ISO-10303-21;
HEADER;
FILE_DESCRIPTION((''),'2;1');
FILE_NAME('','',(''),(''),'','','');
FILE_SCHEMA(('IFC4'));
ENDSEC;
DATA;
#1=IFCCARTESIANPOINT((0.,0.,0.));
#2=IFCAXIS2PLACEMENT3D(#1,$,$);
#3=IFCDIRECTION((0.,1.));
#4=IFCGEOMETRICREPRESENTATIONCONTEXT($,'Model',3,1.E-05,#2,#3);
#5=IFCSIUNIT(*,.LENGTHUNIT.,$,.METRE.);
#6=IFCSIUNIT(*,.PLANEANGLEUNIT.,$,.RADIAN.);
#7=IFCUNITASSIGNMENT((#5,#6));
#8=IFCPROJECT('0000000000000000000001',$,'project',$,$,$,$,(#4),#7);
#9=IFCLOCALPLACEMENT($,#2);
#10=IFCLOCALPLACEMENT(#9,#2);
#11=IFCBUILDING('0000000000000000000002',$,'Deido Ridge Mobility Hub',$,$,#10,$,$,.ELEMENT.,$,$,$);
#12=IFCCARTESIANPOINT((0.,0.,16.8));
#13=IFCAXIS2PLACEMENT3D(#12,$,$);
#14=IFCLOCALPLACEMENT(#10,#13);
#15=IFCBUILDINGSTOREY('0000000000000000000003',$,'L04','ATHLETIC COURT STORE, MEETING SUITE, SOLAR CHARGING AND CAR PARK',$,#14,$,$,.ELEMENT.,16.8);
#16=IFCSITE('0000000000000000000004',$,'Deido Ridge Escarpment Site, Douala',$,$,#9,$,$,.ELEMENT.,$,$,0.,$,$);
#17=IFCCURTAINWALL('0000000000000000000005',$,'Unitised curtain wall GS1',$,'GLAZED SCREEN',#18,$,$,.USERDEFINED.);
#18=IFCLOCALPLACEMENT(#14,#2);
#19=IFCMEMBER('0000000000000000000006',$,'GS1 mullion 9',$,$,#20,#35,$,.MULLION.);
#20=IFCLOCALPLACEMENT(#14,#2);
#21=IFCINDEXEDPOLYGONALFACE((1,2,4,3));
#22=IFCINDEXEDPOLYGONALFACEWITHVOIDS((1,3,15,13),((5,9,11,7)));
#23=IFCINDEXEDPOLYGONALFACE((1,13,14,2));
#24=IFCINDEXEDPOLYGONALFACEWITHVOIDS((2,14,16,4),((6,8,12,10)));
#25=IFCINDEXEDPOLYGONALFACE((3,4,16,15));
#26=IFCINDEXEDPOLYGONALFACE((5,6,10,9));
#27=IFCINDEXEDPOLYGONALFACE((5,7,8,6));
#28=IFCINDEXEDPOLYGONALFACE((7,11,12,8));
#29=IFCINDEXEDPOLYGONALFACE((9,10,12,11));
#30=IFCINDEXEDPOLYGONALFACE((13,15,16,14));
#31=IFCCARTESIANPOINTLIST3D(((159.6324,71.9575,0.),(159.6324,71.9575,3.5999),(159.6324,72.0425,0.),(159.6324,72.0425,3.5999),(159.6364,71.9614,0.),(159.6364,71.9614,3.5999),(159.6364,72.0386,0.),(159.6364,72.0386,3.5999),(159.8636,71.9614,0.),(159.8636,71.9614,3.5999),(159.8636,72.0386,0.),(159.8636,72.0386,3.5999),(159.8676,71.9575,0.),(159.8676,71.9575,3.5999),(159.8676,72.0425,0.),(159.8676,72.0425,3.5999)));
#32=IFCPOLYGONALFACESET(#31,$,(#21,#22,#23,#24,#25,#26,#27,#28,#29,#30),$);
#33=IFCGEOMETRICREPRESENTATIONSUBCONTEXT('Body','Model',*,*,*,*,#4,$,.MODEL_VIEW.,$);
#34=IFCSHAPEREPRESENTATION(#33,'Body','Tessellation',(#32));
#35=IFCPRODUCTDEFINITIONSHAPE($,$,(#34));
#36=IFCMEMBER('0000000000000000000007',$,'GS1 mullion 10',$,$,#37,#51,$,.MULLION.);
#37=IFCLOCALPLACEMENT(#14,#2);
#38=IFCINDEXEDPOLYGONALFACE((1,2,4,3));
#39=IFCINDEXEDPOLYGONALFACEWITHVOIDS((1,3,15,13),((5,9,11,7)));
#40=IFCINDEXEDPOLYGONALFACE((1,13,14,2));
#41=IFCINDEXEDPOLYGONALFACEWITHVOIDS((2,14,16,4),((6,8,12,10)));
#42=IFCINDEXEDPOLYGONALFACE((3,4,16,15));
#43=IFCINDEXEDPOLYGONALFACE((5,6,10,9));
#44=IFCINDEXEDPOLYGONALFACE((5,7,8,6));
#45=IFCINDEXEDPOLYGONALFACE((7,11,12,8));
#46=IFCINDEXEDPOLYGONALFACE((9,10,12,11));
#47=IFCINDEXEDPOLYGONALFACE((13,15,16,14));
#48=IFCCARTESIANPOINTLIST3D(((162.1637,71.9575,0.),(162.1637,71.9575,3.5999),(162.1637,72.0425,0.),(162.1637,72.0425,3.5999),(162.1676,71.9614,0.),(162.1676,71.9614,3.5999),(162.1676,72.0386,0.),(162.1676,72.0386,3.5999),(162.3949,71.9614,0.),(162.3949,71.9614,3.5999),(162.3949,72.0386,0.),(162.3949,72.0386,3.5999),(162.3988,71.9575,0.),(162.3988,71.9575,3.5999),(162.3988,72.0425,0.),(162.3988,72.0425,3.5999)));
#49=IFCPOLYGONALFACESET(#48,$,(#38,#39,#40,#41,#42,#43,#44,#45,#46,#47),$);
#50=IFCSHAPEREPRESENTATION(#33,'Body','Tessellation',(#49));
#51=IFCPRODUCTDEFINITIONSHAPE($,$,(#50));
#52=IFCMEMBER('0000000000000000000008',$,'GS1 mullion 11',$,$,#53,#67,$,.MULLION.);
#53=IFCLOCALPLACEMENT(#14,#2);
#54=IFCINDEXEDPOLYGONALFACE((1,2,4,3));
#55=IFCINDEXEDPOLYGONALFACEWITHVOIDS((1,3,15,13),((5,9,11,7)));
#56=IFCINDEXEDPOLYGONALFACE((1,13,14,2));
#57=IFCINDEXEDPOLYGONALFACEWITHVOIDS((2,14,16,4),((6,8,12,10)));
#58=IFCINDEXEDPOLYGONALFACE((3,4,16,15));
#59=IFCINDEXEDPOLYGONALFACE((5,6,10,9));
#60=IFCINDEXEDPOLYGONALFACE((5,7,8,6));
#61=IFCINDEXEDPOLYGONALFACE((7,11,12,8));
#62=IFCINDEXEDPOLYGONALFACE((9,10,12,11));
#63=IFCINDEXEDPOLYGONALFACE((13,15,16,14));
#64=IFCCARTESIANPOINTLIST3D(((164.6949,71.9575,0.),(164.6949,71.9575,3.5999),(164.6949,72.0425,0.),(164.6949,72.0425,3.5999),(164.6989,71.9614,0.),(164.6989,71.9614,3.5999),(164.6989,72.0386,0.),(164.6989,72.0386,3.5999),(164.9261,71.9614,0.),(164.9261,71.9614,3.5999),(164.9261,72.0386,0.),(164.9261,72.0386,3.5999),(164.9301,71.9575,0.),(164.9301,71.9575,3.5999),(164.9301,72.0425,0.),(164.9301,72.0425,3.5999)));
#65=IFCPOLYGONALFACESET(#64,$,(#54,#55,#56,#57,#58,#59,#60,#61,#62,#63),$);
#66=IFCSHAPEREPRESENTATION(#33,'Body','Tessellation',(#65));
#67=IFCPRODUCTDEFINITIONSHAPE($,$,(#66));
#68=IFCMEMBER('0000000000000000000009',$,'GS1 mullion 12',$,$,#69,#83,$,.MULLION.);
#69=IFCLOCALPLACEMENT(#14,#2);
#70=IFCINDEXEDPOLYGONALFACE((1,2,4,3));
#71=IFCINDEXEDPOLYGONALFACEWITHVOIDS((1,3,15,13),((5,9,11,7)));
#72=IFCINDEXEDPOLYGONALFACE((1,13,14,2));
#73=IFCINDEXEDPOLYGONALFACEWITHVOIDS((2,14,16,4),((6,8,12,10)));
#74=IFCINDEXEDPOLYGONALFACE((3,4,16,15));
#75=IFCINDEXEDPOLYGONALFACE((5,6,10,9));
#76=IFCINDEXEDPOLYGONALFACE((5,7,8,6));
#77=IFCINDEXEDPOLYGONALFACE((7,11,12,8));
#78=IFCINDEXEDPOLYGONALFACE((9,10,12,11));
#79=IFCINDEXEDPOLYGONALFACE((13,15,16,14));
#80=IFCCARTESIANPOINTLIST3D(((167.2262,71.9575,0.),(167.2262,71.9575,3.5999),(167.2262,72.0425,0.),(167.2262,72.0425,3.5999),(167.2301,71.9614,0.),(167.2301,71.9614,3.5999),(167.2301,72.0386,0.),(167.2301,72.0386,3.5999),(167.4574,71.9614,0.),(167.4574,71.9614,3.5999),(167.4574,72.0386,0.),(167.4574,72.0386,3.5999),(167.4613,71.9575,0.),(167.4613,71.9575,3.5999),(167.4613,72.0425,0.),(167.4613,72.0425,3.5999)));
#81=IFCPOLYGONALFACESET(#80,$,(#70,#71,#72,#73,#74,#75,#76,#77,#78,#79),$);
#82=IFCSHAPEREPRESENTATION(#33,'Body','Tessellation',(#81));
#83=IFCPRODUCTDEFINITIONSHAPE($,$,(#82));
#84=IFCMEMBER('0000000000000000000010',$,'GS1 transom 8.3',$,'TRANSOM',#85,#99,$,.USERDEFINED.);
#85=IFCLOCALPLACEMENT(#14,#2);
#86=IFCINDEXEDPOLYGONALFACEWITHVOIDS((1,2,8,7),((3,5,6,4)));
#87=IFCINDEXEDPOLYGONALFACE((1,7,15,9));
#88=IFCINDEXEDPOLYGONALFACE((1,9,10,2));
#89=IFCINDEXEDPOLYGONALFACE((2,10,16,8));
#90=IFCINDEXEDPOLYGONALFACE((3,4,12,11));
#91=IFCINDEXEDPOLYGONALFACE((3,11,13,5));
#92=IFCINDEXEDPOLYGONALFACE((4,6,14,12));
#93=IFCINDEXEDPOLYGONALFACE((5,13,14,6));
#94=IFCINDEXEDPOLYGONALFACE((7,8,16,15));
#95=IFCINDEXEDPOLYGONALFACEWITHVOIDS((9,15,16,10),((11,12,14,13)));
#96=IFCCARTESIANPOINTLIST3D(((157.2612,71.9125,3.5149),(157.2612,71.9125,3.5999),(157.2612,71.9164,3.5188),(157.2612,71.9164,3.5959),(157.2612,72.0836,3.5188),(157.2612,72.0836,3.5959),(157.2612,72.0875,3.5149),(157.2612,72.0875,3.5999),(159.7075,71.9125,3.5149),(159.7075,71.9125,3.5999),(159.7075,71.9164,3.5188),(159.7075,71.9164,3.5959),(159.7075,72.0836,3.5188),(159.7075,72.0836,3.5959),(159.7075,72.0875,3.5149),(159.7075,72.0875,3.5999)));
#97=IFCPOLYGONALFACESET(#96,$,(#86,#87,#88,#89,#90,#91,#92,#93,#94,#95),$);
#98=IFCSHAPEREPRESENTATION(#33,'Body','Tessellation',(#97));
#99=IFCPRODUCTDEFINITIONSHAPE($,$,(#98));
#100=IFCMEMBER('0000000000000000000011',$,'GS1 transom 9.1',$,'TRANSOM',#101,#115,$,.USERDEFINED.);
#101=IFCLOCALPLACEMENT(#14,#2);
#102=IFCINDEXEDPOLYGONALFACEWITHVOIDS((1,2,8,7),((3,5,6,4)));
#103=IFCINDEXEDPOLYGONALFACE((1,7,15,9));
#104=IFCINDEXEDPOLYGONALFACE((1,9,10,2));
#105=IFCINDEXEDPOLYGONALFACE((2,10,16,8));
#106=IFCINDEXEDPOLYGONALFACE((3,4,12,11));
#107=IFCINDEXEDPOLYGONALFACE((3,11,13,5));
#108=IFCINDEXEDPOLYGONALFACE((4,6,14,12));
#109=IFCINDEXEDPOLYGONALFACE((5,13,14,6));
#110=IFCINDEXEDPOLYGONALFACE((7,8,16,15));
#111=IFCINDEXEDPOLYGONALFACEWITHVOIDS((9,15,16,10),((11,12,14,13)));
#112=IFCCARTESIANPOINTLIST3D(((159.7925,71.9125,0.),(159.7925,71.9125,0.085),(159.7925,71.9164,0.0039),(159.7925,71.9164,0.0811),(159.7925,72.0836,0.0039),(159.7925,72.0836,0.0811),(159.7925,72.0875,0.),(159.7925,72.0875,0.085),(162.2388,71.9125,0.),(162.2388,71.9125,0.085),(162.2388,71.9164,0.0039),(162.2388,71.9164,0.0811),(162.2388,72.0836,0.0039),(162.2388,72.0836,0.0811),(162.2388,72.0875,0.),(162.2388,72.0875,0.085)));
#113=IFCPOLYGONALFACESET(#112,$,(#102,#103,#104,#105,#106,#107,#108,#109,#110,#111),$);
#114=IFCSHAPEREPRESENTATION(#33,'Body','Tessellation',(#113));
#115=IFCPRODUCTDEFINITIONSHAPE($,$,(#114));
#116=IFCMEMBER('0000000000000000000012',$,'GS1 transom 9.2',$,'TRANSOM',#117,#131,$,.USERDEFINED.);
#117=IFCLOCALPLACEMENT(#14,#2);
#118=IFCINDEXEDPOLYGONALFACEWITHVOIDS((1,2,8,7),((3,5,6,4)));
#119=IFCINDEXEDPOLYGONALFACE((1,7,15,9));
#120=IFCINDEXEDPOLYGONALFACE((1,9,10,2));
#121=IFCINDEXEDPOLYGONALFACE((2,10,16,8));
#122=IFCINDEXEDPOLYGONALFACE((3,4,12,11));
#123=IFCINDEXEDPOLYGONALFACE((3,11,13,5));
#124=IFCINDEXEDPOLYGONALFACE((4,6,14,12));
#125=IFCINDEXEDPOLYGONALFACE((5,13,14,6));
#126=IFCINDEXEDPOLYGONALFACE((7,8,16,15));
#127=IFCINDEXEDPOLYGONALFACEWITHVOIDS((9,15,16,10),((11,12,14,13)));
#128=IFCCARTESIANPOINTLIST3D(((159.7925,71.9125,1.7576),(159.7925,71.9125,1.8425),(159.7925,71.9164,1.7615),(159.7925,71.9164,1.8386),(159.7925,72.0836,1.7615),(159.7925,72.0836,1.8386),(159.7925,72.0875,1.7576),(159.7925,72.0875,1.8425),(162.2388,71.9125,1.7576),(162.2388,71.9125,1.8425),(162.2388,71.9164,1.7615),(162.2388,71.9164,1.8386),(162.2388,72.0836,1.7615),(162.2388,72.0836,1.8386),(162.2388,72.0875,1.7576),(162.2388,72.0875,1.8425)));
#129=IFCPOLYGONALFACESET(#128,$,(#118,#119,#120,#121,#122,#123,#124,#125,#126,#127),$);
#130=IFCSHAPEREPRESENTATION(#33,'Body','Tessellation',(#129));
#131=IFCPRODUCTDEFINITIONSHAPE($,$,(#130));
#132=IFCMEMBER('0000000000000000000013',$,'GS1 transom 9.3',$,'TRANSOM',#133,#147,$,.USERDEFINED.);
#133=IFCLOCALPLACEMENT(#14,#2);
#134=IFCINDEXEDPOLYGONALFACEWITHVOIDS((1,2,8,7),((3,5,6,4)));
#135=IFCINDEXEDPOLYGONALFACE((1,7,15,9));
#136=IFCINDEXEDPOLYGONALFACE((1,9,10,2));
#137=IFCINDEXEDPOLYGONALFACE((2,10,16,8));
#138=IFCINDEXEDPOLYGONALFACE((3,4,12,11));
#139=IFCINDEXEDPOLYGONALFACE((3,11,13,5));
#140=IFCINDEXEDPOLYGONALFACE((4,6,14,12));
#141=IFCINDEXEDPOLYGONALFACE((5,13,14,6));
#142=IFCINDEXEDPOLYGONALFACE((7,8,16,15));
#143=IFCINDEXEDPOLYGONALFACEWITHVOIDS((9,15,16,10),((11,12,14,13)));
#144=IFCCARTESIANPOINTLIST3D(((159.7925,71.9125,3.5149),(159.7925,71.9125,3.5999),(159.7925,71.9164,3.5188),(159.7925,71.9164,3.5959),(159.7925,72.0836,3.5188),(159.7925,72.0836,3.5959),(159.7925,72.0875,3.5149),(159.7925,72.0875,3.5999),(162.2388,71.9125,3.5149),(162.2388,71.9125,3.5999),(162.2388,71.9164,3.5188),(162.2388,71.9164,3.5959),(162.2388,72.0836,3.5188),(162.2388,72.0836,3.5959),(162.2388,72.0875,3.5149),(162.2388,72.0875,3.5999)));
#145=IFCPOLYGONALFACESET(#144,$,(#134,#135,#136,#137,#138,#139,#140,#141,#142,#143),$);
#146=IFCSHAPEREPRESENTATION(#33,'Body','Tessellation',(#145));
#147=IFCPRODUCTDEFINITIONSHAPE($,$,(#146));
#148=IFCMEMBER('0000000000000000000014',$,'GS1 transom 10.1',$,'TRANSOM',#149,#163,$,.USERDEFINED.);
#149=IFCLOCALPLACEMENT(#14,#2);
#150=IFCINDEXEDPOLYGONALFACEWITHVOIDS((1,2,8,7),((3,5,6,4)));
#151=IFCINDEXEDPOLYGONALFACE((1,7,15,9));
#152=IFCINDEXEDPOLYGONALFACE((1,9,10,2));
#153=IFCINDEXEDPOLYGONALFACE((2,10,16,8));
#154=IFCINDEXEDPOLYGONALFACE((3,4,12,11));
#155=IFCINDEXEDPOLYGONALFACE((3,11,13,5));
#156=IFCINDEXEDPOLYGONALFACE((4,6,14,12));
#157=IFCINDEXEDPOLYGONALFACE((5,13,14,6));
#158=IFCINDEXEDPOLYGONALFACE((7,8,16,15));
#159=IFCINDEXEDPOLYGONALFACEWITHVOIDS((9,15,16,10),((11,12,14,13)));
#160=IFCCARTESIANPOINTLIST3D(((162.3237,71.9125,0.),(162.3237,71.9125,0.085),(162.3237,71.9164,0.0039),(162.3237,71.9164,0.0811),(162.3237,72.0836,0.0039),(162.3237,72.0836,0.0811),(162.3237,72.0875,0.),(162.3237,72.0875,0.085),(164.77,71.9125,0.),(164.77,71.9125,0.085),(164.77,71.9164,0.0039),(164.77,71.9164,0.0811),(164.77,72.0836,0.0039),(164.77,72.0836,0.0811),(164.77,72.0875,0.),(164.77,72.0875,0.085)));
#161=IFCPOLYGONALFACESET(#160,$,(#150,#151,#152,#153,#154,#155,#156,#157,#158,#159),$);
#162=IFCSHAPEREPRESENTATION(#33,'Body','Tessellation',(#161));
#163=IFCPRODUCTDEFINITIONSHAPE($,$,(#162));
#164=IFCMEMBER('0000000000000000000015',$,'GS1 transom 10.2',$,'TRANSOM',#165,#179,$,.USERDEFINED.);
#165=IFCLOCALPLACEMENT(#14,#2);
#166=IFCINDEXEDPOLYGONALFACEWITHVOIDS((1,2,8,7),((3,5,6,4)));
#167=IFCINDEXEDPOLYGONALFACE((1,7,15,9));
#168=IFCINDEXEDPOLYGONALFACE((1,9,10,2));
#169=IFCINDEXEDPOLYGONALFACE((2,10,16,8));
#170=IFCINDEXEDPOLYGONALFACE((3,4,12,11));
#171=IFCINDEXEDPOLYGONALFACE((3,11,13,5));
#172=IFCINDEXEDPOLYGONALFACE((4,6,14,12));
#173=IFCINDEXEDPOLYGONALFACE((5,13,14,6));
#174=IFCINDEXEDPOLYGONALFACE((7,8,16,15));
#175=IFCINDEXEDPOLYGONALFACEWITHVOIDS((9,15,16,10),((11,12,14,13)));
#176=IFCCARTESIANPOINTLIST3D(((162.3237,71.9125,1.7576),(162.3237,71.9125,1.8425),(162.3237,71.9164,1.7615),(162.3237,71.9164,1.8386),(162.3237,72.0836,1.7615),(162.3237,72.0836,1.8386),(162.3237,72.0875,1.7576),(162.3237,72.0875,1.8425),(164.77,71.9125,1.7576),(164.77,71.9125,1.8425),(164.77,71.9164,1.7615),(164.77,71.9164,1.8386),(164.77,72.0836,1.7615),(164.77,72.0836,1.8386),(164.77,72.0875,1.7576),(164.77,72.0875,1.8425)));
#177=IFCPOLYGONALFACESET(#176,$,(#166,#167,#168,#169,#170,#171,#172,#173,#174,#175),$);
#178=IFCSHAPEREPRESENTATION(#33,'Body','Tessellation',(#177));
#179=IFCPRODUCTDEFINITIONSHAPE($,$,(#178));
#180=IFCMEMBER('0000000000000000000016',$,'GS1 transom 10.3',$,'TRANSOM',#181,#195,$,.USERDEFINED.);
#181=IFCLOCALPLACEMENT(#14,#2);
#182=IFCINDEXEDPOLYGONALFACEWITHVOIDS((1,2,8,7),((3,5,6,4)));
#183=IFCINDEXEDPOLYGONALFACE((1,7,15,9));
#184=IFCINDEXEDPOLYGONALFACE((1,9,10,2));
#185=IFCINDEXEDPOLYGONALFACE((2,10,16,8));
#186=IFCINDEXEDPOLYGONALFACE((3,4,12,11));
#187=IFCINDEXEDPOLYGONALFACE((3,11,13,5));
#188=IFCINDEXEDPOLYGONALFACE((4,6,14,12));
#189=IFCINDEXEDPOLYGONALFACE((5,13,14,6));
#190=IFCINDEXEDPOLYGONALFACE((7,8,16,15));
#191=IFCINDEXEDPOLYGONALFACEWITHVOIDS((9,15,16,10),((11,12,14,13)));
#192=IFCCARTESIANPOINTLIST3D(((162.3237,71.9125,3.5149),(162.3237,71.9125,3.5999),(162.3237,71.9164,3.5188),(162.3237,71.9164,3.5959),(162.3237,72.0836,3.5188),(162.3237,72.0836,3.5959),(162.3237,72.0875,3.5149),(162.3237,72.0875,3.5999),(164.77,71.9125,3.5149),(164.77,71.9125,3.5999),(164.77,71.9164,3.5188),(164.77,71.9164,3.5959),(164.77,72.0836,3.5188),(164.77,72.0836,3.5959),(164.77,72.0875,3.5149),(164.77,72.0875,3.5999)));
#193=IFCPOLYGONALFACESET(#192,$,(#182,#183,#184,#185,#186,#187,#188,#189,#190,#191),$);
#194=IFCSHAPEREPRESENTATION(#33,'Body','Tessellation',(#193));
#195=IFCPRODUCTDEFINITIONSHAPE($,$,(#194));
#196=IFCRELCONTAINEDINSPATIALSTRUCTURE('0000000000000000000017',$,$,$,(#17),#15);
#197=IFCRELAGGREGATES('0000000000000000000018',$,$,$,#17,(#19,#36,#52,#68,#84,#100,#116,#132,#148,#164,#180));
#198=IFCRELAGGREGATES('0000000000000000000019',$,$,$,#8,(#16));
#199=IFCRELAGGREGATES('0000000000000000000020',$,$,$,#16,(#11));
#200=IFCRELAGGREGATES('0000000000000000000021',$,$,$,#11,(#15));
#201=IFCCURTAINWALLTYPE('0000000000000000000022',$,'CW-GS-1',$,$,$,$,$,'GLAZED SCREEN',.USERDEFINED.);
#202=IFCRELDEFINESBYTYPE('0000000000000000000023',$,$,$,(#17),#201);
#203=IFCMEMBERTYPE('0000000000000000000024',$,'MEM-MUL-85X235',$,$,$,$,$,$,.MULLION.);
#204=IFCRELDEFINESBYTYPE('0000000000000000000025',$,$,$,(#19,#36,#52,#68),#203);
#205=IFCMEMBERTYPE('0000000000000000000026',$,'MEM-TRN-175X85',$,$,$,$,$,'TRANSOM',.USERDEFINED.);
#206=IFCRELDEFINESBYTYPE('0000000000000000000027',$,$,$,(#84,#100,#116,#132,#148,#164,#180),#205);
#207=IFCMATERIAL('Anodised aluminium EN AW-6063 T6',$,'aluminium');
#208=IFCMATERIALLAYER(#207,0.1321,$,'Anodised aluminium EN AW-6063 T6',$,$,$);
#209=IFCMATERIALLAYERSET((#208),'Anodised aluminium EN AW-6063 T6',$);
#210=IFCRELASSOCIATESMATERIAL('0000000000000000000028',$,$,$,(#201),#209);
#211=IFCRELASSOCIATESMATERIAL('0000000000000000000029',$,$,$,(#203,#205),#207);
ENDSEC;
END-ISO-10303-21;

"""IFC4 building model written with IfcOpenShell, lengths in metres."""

from ifc_helpers import new_model, si_unit, direction, frame, origin, origin_2d, place, context, subcontext, project, spatial, hollow_rectangle, extrude, material, layer, layer_set, material_profile, profile_set, type_object, element, aggregate, save


model = new_model("IFC4")

# Units and contexts
model_context = context("Model", 3, precision=1e-05, world=origin(), true_north=direction((0.0, 1.0)))
body_context = subcontext(model_context, "Body", "Model", "MODEL_VIEW")
ifc_project = project(units=[si_unit("LENGTHUNIT", "METRE"), si_unit("PLANEANGLEUNIT", "RADIAN")], contexts=[model_context])

# Site, building, storey
site_placement = place(None, origin())
site = spatial("IfcSite", under=ifc_project, at=site_placement, Name="Deido Ridge Escarpment Site, Douala", CompositionType="ELEMENT", RefElevation=0.0)
building_placement = place(site_placement, origin())
building = spatial("IfcBuilding", under=site, at=building_placement, Name="Deido Ridge Mobility Hub", CompositionType="ELEMENT")
storey_placement = place(building_placement, frame((0.0, 0.0, 16.8)))
storey = spatial("IfcBuildingStorey", under=building, at=storey_placement, Name="L04", Description="ATHLETIC COURT STORE, MEETING SUITE, SOLAR CHARGING AND CAR PARK", CompositionType="ELEMENT", Elevation=16.8)

# Curtain wall, members
ifc_material_1 = material(Name="Anodised aluminium EN AW-6063 T6", Category="aluminium")
ifc_layer_1 = layer(ifc_material_1, 0.1321, Name="Anodised aluminium EN AW-6063 T6")
ifc_layer_set_1 = layer_set([ifc_layer_1], Name="Anodised aluminium EN AW-6063 T6")
curtain_wall_type = type_object("IfcCurtainWallType", Name="CW-GS-1", ElementType="GLAZED SCREEN", PredefinedType="USERDEFINED", material=ifc_layer_set_1)
curtain_wall_placement = place(storey_placement, origin())
curtain_wall = element("IfcCurtainWall", 1, at=curtain_wall_placement, inside=storey, type_object=curtain_wall_type, Name="Unitised curtain wall GS1", ObjectType="GLAZED SCREEN", PredefinedType="USERDEFINED")
ifc_material_profile_1 = material_profile(ifc_material_1, hollow_rectangle(XDim=0.085, YDim=0.2351, WallThickness=0.0039, at=origin_2d()), Name="RHS 85x235x4")
ifc_profile_set_1 = profile_set([ifc_material_profile_1], Name="Anodised aluminium EN AW-6063 T6")
member_type_1 = type_object("IfcMemberType", Name="MEM-MUL-85X235", PredefinedType="MULLION", material=ifc_profile_set_1)
member_1_placement = place(storey_placement, frame((159.75, 72.0, 0.0), z_axis=(0.0, 0.0, 1.0), x_axis=(0.0, 1.0, 0.0)))
member_1 = element("IfcMember", 2, at=member_1_placement, type_object=member_type_1, Name="GS1 mullion 9", PredefinedType="MULLION", context=body_context, shape_type="SweptSolid", body=[
    extrude(hollow_rectangle(XDim=0.085, YDim=0.2351, WallThickness=0.0039, at=origin_2d()), origin(), (0.0, 0.0, 1.0), 3.5999),
])
member_2_placement = place(storey_placement, frame((162.2812, 72.0, 0.0), z_axis=(0.0, 0.0, 1.0), x_axis=(0.0, 1.0, 0.0)))
member_2 = element("IfcMember", 3, at=member_2_placement, type_object=member_type_1, Name="GS1 mullion 10", PredefinedType="MULLION", context=body_context, shape_type="SweptSolid", body=[
    extrude(hollow_rectangle(XDim=0.085, YDim=0.2351, WallThickness=0.0039, at=origin_2d()), origin(), (0.0, 0.0, 1.0), 3.5999),
])
member_3_placement = place(storey_placement, frame((164.8125, 72.0, 0.0), z_axis=(0.0, 0.0, 1.0), x_axis=(0.0, 1.0, 0.0)))
member_3 = element("IfcMember", 4, at=member_3_placement, type_object=member_type_1, Name="GS1 mullion 11", PredefinedType="MULLION", context=body_context, shape_type="SweptSolid", body=[
    extrude(hollow_rectangle(XDim=0.085, YDim=0.2351, WallThickness=0.0039, at=origin_2d()), origin(), (0.0, 0.0, 1.0), 3.5999),
])
member_4_placement = place(storey_placement, frame((167.3438, 72.0, 0.0), z_axis=(0.0, 0.0, 1.0), x_axis=(0.0, 1.0, 0.0)))
member_4 = element("IfcMember", 5, at=member_4_placement, type_object=member_type_1, Name="GS1 mullion 12", PredefinedType="MULLION", context=body_context, shape_type="SweptSolid", body=[
    extrude(hollow_rectangle(XDim=0.085, YDim=0.2351, WallThickness=0.0039, at=origin_2d()), origin(), (0.0, 0.0, 1.0), 3.5999),
])
ifc_material_profile_2 = material_profile(ifc_material_1, hollow_rectangle(XDim=0.175, YDim=0.085, WallThickness=0.0039, at=origin_2d()), Name="RHS 175x85x4")
ifc_profile_set_2 = profile_set([ifc_material_profile_2], Name="Anodised aluminium EN AW-6063 T6")
member_type_2 = type_object("IfcMemberType", Name="MEM-TRN-175X85", ElementType="TRANSOM", PredefinedType="USERDEFINED", material=ifc_profile_set_2)
member_5_placement = place(storey_placement, frame((157.2612, 72.0, 3.5574), z_axis=(1.0, 0.0, 0.0), x_axis=(0.0, 1.0, 0.0)))
member_5 = element("IfcMember", 6, at=member_5_placement, type_object=member_type_2, Name="GS1 transom 8.3", ObjectType="TRANSOM", PredefinedType="USERDEFINED", context=body_context, shape_type="SweptSolid", body=[
    extrude(hollow_rectangle(XDim=0.175, YDim=0.085, WallThickness=0.0039, at=origin_2d()), origin(), (0.0, 0.0, 1.0), 2.4463),
])
member_6_placement = place(storey_placement, frame((159.7925, 72.0, 0.0425), z_axis=(1.0, 0.0, 0.0), x_axis=(0.0, 1.0, 0.0)))
member_6 = element("IfcMember", 7, at=member_6_placement, type_object=member_type_2, Name="GS1 transom 9.1", ObjectType="TRANSOM", PredefinedType="USERDEFINED", context=body_context, shape_type="SweptSolid", body=[
    extrude(hollow_rectangle(XDim=0.175, YDim=0.085, WallThickness=0.0039, at=origin_2d()), origin(), (0.0, 0.0, 1.0), 2.4463),
])
member_7_placement = place(storey_placement, frame((159.7925, 72.0, 1.8), z_axis=(1.0, 0.0, 0.0), x_axis=(0.0, 1.0, 0.0)))
member_7 = element("IfcMember", 8, at=member_7_placement, type_object=member_type_2, Name="GS1 transom 9.2", ObjectType="TRANSOM", PredefinedType="USERDEFINED", context=body_context, shape_type="SweptSolid", body=[
    extrude(hollow_rectangle(XDim=0.175, YDim=0.085, WallThickness=0.0039, at=origin_2d()), origin(), (0.0, 0.0, 1.0), 2.4463),
])
member_8_placement = place(storey_placement, frame((159.7925, 72.0, 3.5574), z_axis=(1.0, 0.0, 0.0), x_axis=(0.0, 1.0, 0.0)))
member_8 = element("IfcMember", 9, at=member_8_placement, type_object=member_type_2, Name="GS1 transom 9.3", ObjectType="TRANSOM", PredefinedType="USERDEFINED", context=body_context, shape_type="SweptSolid", body=[
    extrude(hollow_rectangle(XDim=0.175, YDim=0.085, WallThickness=0.0039, at=origin_2d()), origin(), (0.0, 0.0, 1.0), 2.4463),
])
member_9_placement = place(storey_placement, frame((162.3237, 72.0, 0.0425), z_axis=(1.0, 0.0, 0.0), x_axis=(0.0, 1.0, 0.0)))
member_9 = element("IfcMember", 10, at=member_9_placement, type_object=member_type_2, Name="GS1 transom 10.1", ObjectType="TRANSOM", PredefinedType="USERDEFINED", context=body_context, shape_type="SweptSolid", body=[
    extrude(hollow_rectangle(XDim=0.175, YDim=0.085, WallThickness=0.0039, at=origin_2d()), origin(), (0.0, 0.0, 1.0), 2.4463),
])
member_10_placement = place(storey_placement, frame((162.3237, 72.0, 1.8), z_axis=(1.0, 0.0, 0.0), x_axis=(0.0, 1.0, 0.0)))
member_10 = element("IfcMember", 11, at=member_10_placement, type_object=member_type_2, Name="GS1 transom 10.2", ObjectType="TRANSOM", PredefinedType="USERDEFINED", context=body_context, shape_type="SweptSolid", body=[
    extrude(hollow_rectangle(XDim=0.175, YDim=0.085, WallThickness=0.0039, at=origin_2d()), origin(), (0.0, 0.0, 1.0), 2.4463),
])
member_11_placement = place(storey_placement, frame((162.3237, 72.0, 3.5574), z_axis=(1.0, 0.0, 0.0), x_axis=(0.0, 1.0, 0.0)))
member_11 = element("IfcMember", 12, at=member_11_placement, type_object=member_type_2, Name="GS1 transom 10.3", ObjectType="TRANSOM", PredefinedType="USERDEFINED", context=body_context, shape_type="SweptSolid", body=[
    extrude(hollow_rectangle(XDim=0.175, YDim=0.085, WallThickness=0.0039, at=origin_2d()), origin(), (0.0, 0.0, 1.0), 2.4463),
])

aggregate(curtain_wall, [member_1, member_2, member_3, member_4, member_5, member_6, member_7, member_8, member_9, member_10, member_11])

save(model, "model.ifc")
